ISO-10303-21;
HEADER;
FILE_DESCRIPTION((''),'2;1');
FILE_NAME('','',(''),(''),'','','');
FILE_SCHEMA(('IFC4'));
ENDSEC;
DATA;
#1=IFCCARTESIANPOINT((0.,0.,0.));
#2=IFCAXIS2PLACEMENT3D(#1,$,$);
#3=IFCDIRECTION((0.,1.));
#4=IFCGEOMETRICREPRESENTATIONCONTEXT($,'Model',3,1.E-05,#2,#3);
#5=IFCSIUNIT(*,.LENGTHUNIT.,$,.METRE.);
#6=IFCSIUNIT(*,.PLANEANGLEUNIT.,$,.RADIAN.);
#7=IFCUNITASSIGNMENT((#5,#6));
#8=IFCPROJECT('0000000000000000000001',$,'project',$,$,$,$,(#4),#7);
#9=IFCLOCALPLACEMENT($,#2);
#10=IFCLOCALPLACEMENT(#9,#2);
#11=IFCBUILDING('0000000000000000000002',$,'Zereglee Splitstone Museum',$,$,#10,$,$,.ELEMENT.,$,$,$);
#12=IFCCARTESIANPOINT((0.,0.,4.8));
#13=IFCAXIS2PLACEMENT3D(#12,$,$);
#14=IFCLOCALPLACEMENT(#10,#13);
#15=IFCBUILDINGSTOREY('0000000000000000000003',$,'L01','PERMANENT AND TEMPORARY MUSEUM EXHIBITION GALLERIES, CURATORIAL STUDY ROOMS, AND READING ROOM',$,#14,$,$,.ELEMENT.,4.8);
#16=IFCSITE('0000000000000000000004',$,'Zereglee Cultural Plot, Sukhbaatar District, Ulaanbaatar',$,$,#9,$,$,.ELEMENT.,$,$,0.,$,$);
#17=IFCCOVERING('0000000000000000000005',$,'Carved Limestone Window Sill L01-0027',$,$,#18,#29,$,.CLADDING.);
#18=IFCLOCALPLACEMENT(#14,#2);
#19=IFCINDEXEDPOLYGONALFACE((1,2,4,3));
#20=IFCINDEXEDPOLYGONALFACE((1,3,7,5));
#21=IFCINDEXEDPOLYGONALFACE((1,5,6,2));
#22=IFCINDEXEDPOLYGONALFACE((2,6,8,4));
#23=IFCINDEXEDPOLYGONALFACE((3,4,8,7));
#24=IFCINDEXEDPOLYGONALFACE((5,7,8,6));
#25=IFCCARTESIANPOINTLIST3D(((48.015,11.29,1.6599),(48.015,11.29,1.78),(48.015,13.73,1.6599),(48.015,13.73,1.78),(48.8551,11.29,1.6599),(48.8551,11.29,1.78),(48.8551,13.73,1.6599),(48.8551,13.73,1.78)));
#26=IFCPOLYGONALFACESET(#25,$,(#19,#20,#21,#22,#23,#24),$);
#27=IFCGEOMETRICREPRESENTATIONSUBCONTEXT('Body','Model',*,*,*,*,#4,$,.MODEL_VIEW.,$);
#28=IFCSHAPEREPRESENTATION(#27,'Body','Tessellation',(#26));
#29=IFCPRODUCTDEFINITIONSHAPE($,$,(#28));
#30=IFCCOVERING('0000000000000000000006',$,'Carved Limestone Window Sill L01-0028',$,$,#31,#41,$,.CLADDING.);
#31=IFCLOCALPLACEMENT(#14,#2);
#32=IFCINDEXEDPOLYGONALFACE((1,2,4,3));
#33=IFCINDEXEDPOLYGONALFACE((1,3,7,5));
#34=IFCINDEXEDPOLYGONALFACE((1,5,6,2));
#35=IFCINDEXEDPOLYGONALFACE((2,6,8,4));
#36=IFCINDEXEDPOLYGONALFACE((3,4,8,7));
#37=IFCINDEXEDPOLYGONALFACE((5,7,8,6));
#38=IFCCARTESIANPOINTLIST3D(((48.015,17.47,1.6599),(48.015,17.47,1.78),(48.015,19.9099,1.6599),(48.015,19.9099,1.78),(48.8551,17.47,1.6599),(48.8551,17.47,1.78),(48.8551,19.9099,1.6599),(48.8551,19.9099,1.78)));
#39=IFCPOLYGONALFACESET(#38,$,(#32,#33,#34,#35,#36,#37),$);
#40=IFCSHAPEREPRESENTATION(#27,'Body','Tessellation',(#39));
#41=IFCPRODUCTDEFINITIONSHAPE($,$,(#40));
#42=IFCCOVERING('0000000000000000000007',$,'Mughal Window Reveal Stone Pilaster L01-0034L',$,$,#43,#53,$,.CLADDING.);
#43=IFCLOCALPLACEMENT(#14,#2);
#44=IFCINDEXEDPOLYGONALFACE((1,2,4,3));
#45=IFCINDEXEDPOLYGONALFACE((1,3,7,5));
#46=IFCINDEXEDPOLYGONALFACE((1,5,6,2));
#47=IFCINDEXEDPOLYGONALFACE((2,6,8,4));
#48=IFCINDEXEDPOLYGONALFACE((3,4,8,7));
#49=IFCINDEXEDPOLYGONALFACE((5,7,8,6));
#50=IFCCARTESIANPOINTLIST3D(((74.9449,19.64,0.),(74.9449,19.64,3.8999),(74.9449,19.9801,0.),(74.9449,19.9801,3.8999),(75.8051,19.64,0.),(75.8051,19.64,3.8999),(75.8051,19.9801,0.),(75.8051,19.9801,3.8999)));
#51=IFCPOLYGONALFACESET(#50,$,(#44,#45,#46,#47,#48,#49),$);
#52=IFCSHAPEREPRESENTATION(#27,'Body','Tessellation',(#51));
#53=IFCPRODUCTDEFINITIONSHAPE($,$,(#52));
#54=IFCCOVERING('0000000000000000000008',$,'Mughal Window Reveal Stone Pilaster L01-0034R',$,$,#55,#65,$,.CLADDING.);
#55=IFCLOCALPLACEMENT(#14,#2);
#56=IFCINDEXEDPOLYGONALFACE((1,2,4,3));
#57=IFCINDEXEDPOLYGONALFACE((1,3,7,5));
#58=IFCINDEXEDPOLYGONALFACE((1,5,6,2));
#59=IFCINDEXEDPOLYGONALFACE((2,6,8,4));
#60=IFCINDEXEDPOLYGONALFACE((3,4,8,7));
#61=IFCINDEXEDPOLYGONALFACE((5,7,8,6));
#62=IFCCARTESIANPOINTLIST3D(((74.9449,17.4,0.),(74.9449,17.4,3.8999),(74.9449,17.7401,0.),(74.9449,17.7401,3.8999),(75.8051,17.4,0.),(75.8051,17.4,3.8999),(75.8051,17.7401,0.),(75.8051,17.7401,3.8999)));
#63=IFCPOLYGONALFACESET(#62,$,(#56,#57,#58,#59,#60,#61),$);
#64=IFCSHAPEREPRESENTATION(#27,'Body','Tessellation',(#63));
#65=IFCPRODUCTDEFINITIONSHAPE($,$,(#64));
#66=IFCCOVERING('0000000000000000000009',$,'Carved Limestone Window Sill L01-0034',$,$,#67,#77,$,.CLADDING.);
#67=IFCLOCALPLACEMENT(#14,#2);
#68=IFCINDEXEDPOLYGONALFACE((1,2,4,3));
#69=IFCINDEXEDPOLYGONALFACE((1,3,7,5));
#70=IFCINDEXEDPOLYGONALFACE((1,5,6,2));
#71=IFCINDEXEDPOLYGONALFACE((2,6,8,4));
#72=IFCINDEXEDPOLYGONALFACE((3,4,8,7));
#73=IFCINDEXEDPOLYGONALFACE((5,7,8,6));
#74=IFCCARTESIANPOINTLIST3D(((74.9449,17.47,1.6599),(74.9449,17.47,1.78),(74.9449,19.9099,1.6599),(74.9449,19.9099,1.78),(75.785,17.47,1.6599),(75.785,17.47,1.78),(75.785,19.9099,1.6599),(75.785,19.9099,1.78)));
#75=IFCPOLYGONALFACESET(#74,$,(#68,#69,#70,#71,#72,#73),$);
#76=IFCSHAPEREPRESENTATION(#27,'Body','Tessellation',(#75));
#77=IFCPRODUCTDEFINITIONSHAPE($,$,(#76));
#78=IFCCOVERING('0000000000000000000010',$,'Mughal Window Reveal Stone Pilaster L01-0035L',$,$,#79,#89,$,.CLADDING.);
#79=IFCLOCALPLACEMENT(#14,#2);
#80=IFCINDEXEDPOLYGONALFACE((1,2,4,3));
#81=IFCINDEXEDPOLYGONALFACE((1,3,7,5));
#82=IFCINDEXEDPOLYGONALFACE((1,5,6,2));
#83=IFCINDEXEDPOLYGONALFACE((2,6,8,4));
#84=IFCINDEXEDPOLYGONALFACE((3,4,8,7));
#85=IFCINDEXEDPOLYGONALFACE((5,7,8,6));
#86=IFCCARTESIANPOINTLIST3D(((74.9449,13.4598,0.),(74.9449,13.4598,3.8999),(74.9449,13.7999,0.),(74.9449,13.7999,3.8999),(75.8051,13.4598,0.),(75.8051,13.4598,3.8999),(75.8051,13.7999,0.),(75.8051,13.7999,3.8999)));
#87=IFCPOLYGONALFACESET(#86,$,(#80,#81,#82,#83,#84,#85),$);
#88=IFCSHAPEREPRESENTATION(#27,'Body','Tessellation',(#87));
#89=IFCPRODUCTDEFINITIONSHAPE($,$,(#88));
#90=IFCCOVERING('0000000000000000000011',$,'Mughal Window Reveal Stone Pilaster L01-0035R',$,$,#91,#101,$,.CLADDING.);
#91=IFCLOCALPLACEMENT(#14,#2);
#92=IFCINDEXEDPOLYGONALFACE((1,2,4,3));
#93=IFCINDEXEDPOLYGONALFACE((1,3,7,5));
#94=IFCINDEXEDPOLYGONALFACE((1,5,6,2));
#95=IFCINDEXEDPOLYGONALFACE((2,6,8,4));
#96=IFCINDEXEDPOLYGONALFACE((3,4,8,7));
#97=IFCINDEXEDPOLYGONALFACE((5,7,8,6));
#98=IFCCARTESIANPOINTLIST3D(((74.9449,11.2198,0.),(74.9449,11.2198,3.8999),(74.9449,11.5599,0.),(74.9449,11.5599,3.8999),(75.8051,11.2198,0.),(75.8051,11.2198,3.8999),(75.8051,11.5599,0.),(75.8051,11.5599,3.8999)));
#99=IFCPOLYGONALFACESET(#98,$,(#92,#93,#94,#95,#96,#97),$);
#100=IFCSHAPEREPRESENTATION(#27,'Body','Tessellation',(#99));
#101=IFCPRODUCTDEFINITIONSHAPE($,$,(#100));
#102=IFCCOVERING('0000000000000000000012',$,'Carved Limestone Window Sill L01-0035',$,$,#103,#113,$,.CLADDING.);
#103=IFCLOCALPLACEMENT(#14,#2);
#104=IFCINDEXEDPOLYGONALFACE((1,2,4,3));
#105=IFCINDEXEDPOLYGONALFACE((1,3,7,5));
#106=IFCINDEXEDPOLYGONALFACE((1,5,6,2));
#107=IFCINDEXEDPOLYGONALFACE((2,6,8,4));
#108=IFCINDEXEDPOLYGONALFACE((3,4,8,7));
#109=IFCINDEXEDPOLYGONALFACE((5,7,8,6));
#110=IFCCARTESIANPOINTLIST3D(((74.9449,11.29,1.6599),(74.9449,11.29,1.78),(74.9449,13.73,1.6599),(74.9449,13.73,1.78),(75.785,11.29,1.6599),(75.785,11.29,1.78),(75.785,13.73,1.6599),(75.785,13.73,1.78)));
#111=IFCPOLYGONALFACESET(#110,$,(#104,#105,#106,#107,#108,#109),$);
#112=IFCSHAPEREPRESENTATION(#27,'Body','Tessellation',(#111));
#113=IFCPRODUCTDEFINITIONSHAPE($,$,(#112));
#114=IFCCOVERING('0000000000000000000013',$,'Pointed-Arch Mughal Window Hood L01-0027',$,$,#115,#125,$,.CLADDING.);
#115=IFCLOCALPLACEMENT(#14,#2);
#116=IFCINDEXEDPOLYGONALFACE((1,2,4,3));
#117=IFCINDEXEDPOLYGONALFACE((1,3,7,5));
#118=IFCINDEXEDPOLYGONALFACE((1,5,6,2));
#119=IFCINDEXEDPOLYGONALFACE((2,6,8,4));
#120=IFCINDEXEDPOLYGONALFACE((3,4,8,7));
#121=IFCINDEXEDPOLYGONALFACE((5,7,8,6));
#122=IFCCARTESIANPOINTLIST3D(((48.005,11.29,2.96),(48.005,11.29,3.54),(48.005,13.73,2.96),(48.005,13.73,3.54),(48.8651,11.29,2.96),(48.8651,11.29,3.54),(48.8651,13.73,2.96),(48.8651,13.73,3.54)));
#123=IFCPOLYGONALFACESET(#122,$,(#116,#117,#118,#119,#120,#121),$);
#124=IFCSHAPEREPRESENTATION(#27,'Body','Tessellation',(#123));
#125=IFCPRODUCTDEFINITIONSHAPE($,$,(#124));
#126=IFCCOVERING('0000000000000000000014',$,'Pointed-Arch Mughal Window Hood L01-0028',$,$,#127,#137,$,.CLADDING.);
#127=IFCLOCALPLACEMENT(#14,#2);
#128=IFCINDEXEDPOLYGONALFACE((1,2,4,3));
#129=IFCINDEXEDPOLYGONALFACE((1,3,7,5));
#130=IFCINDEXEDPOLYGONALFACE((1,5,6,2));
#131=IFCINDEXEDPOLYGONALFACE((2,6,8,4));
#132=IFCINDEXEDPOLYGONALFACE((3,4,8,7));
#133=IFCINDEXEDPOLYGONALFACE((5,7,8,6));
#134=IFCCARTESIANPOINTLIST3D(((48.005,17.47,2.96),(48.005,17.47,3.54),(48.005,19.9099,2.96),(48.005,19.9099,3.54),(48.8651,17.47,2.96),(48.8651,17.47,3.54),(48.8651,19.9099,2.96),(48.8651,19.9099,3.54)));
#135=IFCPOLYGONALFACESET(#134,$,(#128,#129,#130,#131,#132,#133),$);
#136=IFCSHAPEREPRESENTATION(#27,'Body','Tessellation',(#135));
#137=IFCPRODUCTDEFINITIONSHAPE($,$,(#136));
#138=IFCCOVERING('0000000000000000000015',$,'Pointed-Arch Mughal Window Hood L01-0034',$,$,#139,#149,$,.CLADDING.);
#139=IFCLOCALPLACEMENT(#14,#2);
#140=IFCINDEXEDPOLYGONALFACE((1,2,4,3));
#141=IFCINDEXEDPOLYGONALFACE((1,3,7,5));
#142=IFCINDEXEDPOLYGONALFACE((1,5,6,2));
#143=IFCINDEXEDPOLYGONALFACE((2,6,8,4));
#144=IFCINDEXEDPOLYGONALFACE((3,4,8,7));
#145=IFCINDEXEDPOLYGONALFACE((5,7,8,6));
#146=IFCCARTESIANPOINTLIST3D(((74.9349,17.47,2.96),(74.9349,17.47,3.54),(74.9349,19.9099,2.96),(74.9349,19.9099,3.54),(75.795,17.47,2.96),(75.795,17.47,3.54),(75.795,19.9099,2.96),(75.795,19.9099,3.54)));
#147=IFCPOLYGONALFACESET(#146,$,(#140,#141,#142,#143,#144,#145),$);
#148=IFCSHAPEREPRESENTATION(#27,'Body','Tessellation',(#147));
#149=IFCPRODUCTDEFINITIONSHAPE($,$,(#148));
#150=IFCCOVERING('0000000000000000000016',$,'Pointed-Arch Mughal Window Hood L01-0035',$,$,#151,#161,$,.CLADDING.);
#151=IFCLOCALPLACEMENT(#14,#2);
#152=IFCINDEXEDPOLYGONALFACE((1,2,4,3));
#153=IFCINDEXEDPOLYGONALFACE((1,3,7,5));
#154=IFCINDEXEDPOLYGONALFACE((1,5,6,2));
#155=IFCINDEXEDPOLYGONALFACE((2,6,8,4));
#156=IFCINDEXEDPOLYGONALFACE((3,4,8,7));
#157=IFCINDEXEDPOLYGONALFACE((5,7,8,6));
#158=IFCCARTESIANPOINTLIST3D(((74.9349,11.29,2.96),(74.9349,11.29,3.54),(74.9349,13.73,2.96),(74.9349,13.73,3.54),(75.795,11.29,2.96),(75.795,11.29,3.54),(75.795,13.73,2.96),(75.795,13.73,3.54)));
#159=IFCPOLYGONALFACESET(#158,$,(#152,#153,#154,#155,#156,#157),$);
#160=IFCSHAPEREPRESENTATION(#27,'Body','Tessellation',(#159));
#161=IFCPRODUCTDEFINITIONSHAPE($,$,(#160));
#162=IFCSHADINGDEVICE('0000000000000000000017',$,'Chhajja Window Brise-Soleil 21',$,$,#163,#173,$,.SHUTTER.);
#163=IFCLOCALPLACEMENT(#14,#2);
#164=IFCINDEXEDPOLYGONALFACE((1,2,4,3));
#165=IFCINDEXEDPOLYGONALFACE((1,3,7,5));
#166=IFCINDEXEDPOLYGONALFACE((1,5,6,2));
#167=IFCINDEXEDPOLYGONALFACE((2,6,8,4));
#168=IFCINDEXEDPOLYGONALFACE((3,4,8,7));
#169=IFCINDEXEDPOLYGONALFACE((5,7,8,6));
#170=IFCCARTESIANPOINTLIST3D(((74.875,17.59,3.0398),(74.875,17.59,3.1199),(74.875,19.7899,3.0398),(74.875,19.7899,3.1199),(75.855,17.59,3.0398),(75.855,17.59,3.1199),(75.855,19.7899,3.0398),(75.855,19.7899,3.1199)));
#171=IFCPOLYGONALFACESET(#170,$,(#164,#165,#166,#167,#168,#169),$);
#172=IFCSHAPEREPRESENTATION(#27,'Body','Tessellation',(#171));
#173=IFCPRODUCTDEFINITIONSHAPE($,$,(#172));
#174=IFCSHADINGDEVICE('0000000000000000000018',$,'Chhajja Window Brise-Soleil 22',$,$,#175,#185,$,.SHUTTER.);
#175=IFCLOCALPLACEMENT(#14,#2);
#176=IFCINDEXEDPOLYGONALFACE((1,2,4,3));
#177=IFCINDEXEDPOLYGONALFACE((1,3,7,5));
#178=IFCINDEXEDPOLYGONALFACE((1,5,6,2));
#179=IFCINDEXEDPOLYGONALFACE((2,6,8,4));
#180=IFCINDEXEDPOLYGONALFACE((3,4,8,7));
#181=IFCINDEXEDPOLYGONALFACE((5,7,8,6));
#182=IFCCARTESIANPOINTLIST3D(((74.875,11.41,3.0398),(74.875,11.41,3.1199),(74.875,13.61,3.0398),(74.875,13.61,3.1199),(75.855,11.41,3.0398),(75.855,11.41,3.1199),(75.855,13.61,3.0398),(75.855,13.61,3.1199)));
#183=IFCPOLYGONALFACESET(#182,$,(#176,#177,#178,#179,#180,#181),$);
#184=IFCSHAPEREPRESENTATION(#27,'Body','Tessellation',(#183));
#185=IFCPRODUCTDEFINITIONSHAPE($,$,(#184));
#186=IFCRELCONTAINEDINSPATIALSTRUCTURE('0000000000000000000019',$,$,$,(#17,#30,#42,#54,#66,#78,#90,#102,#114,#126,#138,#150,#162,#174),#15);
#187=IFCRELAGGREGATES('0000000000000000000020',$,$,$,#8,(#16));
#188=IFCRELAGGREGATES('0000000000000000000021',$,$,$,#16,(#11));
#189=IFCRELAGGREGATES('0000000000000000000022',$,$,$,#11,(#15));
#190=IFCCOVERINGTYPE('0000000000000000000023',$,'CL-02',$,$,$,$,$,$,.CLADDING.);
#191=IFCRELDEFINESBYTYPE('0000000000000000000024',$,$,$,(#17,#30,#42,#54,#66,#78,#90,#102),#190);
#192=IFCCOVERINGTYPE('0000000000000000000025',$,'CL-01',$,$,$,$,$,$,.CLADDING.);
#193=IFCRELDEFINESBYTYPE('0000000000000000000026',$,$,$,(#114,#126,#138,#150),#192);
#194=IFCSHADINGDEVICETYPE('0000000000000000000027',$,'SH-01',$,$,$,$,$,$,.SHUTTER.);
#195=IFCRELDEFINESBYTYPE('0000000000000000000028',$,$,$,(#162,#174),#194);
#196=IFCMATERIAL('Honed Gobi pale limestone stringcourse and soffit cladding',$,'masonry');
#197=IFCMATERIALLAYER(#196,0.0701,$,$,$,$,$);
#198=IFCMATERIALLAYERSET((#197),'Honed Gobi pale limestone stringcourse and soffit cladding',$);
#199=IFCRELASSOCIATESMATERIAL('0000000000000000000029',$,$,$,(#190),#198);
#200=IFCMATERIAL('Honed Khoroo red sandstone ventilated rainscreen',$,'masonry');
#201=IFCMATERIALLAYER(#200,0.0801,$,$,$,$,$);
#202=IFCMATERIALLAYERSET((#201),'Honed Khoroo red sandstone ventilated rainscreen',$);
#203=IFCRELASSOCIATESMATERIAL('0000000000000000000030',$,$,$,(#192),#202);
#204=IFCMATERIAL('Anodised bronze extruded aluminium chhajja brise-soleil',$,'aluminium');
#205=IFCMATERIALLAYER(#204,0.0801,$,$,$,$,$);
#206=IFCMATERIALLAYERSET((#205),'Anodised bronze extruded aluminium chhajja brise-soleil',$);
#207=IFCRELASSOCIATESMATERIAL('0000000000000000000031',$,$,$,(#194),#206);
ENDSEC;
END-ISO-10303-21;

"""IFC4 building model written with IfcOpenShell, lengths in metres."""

from ifc_helpers import new_model, si_unit, direction, frame, origin, origin_2d, place, context, subcontext, project, spatial, rectangle, extrude, material, layer, layer_set, type_object, element, save


model = new_model("IFC4")

# Units and contexts
model_context = context("Model", 3, precision=1e-05, world=origin(), true_north=direction((0.0, 1.0)))
body_context = subcontext(model_context, "Body", "Model", "MODEL_VIEW")
ifc_project = project(units=[si_unit("LENGTHUNIT", "METRE"), si_unit("PLANEANGLEUNIT", "RADIAN")], contexts=[model_context])

# Site, building, storey
site_placement = place(None, origin())
site = spatial("IfcSite", under=ifc_project, at=site_placement, Name="Zereglee Cultural Plot, Sukhbaatar District, Ulaanbaatar", CompositionType="ELEMENT", RefElevation=0.0)
building_placement = place(site_placement, origin())
building = spatial("IfcBuilding", under=site, at=building_placement, Name="Zereglee Splitstone Museum", CompositionType="ELEMENT")
storey_placement = place(building_placement, frame((0.0, 0.0, 4.8)))
storey = spatial("IfcBuildingStorey", under=building, at=storey_placement, Name="L01", Description="PERMANENT AND TEMPORARY MUSEUM EXHIBITION GALLERIES, CURATORIAL STUDY ROOMS, AND READING ROOM", CompositionType="ELEMENT", Elevation=4.8)

# Coverings
ifc_material_1 = material(Name="Honed Gobi pale limestone stringcourse and soffit cladding", Category="masonry")
ifc_layer_1 = layer(ifc_material_1, 0.0701)
ifc_layer_set_1 = layer_set([ifc_layer_1], Name="Honed Gobi pale limestone stringcourse and soffit cladding")
covering_type_1 = type_object("IfcCoveringType", Name="CL-02", PredefinedType="CLADDING", material=ifc_layer_set_1)
for number, where, z_axis, x_axis, name in (
    (1, (48.4351, 12.51, 1.6599), (0.0, 0.0, 1.0), (0.0, 1.0, 0.0), "Carved Limestone Window Sill L01-0027"),
    (2, (48.4351, 18.6899, 1.6599), (0.0, 0.0, 1.0), (0.0, 1.0, 0.0), "Carved Limestone Window Sill L01-0028"),
):
    element("IfcCovering", number, at=place(storey_placement, frame(where, z_axis=z_axis, x_axis=x_axis)), inside=storey, type_object=covering_type_1, Name=name, PredefinedType="CLADDING", context=body_context, shape_type="SweptSolid", body=[
        extrude(rectangle(XDim=2.4399, YDim=0.8401, at=origin_2d()), origin(), (0.0, 0.0, 1.0), 0.1201),
    ])
for number, where, z_axis, x_axis, name in (
    (3, (75.375, 19.8101, 0.0), (0.0, 0.0, 1.0), (0.0, -1.0, 0.0), "Mughal Window Reveal Stone Pilaster L01-0034L"),
    (4, (75.375, 17.5701, 0.0), (0.0, 0.0, 1.0), (0.0, -1.0, 0.0), "Mughal Window Reveal Stone Pilaster L01-0034R"),
):
    element("IfcCovering", number, at=place(storey_placement, frame(where, z_axis=z_axis, x_axis=x_axis)), inside=storey, type_object=covering_type_1, Name=name, PredefinedType="CLADDING", context=body_context, shape_type="SweptSolid", body=[
        extrude(rectangle(XDim=0.3401, YDim=0.8601, at=origin_2d()), origin(), (0.0, 0.0, 1.0), 3.8999),
    ])
covering_1_placement = place(storey_placement, frame((75.365, 18.6899, 1.6599), z_axis=(0.0, 0.0, 1.0), x_axis=(0.0, -1.0, 0.0)))
element("IfcCovering", 5, at=covering_1_placement, inside=storey, type_object=covering_type_1, Name="Carved Limestone Window Sill L01-0034", PredefinedType="CLADDING", context=body_context, shape_type="SweptSolid", body=[
    extrude(rectangle(XDim=2.4399, YDim=0.8401, at=origin_2d()), origin(), (0.0, 0.0, 1.0), 0.1201),
])
for number, where, z_axis, x_axis, name in (
    (6, (75.375, 13.6299, 0.0), (0.0, 0.0, 1.0), (0.0, -1.0, 0.0), "Mughal Window Reveal Stone Pilaster L01-0035L"),
    (7, (75.375, 11.3899, 0.0), (0.0, 0.0, 1.0), (0.0, -1.0, 0.0), "Mughal Window Reveal Stone Pilaster L01-0035R"),
):
    element("IfcCovering", number, at=place(storey_placement, frame(where, z_axis=z_axis, x_axis=x_axis)), inside=storey, type_object=covering_type_1, Name=name, PredefinedType="CLADDING", context=body_context, shape_type="SweptSolid", body=[
        extrude(rectangle(XDim=0.3401, YDim=0.8601, at=origin_2d()), origin(), (0.0, 0.0, 1.0), 3.8999),
    ])
covering_2_placement = place(storey_placement, frame((75.365, 12.51, 1.6599), z_axis=(0.0, 0.0, 1.0), x_axis=(0.0, -1.0, 0.0)))
element("IfcCovering", 8, at=covering_2_placement, inside=storey, type_object=covering_type_1, Name="Carved Limestone Window Sill L01-0035", PredefinedType="CLADDING", context=body_context, shape_type="SweptSolid", body=[
    extrude(rectangle(XDim=2.4399, YDim=0.8401, at=origin_2d()), origin(), (0.0, 0.0, 1.0), 0.1201),
])
ifc_material_2 = material(Name="Honed Khoroo red sandstone ventilated rainscreen", Category="masonry")
ifc_layer_2 = layer(ifc_material_2, 0.0801)
ifc_layer_set_2 = layer_set([ifc_layer_2], Name="Honed Khoroo red sandstone ventilated rainscreen")
covering_type_2 = type_object("IfcCoveringType", Name="CL-01", PredefinedType="CLADDING", material=ifc_layer_set_2)
for number, where, z_axis, x_axis, name in (
    (9, (48.4351, 12.51, 2.96), (0.0, 0.0, 1.0), (0.0, 1.0, 0.0), "Pointed-Arch Mughal Window Hood L01-0027"),
    (10, (48.4351, 18.6899, 2.96), (0.0, 0.0, 1.0), (0.0, 1.0, 0.0), "Pointed-Arch Mughal Window Hood L01-0028"),
    (11, (75.365, 18.6899, 2.96), (0.0, 0.0, 1.0), (0.0, -1.0, 0.0), "Pointed-Arch Mughal Window Hood L01-0034"),
    (12, (75.365, 12.51, 2.96), (0.0, 0.0, 1.0), (0.0, -1.0, 0.0), "Pointed-Arch Mughal Window Hood L01-0035"),
):
    element("IfcCovering", number, at=place(storey_placement, frame(where, z_axis=z_axis, x_axis=x_axis)), inside=storey, type_object=covering_type_2, Name=name, PredefinedType="CLADDING", context=body_context, shape_type="SweptSolid", body=[
        extrude(rectangle(XDim=2.4399, YDim=0.8601, at=origin_2d()), origin(), (0.0, 0.0, 1.0), 0.5801),
    ])

# Shading devices
ifc_material_3 = material(Name="Anodised bronze extruded aluminium chhajja brise-soleil", Category="aluminium")
ifc_layer_3 = layer(ifc_material_3, 0.0801)
ifc_layer_set_3 = layer_set([ifc_layer_3], Name="Anodised bronze extruded aluminium chhajja brise-soleil")
shading_device_type = type_object("IfcShadingDeviceType", Name="SH-01", PredefinedType="SHUTTER", material=ifc_layer_set_3)
for number, where, z_axis, x_axis, name in (
    (13, (75.365, 18.6899, 3.0398), (0.0, 0.0, 1.0), (0.0, -1.0, 0.0), "Chhajja Window Brise-Soleil 21"),
    (14, (75.365, 12.51, 3.0398), (0.0, 0.0, 1.0), (0.0, -1.0, 0.0), "Chhajja Window Brise-Soleil 22"),
):
    element("IfcShadingDevice", number, at=place(storey_placement, frame(where, z_axis=z_axis, x_axis=x_axis)), inside=storey, type_object=shading_device_type, Name=name, PredefinedType="SHUTTER", context=body_context, shape_type="SweptSolid", body=[
        extrude(rectangle(XDim=2.2, YDim=0.98, at=origin_2d()), origin(), (0.0, 0.0, 1.0), 0.0801),
    ])

save(model, "model.ifc")
